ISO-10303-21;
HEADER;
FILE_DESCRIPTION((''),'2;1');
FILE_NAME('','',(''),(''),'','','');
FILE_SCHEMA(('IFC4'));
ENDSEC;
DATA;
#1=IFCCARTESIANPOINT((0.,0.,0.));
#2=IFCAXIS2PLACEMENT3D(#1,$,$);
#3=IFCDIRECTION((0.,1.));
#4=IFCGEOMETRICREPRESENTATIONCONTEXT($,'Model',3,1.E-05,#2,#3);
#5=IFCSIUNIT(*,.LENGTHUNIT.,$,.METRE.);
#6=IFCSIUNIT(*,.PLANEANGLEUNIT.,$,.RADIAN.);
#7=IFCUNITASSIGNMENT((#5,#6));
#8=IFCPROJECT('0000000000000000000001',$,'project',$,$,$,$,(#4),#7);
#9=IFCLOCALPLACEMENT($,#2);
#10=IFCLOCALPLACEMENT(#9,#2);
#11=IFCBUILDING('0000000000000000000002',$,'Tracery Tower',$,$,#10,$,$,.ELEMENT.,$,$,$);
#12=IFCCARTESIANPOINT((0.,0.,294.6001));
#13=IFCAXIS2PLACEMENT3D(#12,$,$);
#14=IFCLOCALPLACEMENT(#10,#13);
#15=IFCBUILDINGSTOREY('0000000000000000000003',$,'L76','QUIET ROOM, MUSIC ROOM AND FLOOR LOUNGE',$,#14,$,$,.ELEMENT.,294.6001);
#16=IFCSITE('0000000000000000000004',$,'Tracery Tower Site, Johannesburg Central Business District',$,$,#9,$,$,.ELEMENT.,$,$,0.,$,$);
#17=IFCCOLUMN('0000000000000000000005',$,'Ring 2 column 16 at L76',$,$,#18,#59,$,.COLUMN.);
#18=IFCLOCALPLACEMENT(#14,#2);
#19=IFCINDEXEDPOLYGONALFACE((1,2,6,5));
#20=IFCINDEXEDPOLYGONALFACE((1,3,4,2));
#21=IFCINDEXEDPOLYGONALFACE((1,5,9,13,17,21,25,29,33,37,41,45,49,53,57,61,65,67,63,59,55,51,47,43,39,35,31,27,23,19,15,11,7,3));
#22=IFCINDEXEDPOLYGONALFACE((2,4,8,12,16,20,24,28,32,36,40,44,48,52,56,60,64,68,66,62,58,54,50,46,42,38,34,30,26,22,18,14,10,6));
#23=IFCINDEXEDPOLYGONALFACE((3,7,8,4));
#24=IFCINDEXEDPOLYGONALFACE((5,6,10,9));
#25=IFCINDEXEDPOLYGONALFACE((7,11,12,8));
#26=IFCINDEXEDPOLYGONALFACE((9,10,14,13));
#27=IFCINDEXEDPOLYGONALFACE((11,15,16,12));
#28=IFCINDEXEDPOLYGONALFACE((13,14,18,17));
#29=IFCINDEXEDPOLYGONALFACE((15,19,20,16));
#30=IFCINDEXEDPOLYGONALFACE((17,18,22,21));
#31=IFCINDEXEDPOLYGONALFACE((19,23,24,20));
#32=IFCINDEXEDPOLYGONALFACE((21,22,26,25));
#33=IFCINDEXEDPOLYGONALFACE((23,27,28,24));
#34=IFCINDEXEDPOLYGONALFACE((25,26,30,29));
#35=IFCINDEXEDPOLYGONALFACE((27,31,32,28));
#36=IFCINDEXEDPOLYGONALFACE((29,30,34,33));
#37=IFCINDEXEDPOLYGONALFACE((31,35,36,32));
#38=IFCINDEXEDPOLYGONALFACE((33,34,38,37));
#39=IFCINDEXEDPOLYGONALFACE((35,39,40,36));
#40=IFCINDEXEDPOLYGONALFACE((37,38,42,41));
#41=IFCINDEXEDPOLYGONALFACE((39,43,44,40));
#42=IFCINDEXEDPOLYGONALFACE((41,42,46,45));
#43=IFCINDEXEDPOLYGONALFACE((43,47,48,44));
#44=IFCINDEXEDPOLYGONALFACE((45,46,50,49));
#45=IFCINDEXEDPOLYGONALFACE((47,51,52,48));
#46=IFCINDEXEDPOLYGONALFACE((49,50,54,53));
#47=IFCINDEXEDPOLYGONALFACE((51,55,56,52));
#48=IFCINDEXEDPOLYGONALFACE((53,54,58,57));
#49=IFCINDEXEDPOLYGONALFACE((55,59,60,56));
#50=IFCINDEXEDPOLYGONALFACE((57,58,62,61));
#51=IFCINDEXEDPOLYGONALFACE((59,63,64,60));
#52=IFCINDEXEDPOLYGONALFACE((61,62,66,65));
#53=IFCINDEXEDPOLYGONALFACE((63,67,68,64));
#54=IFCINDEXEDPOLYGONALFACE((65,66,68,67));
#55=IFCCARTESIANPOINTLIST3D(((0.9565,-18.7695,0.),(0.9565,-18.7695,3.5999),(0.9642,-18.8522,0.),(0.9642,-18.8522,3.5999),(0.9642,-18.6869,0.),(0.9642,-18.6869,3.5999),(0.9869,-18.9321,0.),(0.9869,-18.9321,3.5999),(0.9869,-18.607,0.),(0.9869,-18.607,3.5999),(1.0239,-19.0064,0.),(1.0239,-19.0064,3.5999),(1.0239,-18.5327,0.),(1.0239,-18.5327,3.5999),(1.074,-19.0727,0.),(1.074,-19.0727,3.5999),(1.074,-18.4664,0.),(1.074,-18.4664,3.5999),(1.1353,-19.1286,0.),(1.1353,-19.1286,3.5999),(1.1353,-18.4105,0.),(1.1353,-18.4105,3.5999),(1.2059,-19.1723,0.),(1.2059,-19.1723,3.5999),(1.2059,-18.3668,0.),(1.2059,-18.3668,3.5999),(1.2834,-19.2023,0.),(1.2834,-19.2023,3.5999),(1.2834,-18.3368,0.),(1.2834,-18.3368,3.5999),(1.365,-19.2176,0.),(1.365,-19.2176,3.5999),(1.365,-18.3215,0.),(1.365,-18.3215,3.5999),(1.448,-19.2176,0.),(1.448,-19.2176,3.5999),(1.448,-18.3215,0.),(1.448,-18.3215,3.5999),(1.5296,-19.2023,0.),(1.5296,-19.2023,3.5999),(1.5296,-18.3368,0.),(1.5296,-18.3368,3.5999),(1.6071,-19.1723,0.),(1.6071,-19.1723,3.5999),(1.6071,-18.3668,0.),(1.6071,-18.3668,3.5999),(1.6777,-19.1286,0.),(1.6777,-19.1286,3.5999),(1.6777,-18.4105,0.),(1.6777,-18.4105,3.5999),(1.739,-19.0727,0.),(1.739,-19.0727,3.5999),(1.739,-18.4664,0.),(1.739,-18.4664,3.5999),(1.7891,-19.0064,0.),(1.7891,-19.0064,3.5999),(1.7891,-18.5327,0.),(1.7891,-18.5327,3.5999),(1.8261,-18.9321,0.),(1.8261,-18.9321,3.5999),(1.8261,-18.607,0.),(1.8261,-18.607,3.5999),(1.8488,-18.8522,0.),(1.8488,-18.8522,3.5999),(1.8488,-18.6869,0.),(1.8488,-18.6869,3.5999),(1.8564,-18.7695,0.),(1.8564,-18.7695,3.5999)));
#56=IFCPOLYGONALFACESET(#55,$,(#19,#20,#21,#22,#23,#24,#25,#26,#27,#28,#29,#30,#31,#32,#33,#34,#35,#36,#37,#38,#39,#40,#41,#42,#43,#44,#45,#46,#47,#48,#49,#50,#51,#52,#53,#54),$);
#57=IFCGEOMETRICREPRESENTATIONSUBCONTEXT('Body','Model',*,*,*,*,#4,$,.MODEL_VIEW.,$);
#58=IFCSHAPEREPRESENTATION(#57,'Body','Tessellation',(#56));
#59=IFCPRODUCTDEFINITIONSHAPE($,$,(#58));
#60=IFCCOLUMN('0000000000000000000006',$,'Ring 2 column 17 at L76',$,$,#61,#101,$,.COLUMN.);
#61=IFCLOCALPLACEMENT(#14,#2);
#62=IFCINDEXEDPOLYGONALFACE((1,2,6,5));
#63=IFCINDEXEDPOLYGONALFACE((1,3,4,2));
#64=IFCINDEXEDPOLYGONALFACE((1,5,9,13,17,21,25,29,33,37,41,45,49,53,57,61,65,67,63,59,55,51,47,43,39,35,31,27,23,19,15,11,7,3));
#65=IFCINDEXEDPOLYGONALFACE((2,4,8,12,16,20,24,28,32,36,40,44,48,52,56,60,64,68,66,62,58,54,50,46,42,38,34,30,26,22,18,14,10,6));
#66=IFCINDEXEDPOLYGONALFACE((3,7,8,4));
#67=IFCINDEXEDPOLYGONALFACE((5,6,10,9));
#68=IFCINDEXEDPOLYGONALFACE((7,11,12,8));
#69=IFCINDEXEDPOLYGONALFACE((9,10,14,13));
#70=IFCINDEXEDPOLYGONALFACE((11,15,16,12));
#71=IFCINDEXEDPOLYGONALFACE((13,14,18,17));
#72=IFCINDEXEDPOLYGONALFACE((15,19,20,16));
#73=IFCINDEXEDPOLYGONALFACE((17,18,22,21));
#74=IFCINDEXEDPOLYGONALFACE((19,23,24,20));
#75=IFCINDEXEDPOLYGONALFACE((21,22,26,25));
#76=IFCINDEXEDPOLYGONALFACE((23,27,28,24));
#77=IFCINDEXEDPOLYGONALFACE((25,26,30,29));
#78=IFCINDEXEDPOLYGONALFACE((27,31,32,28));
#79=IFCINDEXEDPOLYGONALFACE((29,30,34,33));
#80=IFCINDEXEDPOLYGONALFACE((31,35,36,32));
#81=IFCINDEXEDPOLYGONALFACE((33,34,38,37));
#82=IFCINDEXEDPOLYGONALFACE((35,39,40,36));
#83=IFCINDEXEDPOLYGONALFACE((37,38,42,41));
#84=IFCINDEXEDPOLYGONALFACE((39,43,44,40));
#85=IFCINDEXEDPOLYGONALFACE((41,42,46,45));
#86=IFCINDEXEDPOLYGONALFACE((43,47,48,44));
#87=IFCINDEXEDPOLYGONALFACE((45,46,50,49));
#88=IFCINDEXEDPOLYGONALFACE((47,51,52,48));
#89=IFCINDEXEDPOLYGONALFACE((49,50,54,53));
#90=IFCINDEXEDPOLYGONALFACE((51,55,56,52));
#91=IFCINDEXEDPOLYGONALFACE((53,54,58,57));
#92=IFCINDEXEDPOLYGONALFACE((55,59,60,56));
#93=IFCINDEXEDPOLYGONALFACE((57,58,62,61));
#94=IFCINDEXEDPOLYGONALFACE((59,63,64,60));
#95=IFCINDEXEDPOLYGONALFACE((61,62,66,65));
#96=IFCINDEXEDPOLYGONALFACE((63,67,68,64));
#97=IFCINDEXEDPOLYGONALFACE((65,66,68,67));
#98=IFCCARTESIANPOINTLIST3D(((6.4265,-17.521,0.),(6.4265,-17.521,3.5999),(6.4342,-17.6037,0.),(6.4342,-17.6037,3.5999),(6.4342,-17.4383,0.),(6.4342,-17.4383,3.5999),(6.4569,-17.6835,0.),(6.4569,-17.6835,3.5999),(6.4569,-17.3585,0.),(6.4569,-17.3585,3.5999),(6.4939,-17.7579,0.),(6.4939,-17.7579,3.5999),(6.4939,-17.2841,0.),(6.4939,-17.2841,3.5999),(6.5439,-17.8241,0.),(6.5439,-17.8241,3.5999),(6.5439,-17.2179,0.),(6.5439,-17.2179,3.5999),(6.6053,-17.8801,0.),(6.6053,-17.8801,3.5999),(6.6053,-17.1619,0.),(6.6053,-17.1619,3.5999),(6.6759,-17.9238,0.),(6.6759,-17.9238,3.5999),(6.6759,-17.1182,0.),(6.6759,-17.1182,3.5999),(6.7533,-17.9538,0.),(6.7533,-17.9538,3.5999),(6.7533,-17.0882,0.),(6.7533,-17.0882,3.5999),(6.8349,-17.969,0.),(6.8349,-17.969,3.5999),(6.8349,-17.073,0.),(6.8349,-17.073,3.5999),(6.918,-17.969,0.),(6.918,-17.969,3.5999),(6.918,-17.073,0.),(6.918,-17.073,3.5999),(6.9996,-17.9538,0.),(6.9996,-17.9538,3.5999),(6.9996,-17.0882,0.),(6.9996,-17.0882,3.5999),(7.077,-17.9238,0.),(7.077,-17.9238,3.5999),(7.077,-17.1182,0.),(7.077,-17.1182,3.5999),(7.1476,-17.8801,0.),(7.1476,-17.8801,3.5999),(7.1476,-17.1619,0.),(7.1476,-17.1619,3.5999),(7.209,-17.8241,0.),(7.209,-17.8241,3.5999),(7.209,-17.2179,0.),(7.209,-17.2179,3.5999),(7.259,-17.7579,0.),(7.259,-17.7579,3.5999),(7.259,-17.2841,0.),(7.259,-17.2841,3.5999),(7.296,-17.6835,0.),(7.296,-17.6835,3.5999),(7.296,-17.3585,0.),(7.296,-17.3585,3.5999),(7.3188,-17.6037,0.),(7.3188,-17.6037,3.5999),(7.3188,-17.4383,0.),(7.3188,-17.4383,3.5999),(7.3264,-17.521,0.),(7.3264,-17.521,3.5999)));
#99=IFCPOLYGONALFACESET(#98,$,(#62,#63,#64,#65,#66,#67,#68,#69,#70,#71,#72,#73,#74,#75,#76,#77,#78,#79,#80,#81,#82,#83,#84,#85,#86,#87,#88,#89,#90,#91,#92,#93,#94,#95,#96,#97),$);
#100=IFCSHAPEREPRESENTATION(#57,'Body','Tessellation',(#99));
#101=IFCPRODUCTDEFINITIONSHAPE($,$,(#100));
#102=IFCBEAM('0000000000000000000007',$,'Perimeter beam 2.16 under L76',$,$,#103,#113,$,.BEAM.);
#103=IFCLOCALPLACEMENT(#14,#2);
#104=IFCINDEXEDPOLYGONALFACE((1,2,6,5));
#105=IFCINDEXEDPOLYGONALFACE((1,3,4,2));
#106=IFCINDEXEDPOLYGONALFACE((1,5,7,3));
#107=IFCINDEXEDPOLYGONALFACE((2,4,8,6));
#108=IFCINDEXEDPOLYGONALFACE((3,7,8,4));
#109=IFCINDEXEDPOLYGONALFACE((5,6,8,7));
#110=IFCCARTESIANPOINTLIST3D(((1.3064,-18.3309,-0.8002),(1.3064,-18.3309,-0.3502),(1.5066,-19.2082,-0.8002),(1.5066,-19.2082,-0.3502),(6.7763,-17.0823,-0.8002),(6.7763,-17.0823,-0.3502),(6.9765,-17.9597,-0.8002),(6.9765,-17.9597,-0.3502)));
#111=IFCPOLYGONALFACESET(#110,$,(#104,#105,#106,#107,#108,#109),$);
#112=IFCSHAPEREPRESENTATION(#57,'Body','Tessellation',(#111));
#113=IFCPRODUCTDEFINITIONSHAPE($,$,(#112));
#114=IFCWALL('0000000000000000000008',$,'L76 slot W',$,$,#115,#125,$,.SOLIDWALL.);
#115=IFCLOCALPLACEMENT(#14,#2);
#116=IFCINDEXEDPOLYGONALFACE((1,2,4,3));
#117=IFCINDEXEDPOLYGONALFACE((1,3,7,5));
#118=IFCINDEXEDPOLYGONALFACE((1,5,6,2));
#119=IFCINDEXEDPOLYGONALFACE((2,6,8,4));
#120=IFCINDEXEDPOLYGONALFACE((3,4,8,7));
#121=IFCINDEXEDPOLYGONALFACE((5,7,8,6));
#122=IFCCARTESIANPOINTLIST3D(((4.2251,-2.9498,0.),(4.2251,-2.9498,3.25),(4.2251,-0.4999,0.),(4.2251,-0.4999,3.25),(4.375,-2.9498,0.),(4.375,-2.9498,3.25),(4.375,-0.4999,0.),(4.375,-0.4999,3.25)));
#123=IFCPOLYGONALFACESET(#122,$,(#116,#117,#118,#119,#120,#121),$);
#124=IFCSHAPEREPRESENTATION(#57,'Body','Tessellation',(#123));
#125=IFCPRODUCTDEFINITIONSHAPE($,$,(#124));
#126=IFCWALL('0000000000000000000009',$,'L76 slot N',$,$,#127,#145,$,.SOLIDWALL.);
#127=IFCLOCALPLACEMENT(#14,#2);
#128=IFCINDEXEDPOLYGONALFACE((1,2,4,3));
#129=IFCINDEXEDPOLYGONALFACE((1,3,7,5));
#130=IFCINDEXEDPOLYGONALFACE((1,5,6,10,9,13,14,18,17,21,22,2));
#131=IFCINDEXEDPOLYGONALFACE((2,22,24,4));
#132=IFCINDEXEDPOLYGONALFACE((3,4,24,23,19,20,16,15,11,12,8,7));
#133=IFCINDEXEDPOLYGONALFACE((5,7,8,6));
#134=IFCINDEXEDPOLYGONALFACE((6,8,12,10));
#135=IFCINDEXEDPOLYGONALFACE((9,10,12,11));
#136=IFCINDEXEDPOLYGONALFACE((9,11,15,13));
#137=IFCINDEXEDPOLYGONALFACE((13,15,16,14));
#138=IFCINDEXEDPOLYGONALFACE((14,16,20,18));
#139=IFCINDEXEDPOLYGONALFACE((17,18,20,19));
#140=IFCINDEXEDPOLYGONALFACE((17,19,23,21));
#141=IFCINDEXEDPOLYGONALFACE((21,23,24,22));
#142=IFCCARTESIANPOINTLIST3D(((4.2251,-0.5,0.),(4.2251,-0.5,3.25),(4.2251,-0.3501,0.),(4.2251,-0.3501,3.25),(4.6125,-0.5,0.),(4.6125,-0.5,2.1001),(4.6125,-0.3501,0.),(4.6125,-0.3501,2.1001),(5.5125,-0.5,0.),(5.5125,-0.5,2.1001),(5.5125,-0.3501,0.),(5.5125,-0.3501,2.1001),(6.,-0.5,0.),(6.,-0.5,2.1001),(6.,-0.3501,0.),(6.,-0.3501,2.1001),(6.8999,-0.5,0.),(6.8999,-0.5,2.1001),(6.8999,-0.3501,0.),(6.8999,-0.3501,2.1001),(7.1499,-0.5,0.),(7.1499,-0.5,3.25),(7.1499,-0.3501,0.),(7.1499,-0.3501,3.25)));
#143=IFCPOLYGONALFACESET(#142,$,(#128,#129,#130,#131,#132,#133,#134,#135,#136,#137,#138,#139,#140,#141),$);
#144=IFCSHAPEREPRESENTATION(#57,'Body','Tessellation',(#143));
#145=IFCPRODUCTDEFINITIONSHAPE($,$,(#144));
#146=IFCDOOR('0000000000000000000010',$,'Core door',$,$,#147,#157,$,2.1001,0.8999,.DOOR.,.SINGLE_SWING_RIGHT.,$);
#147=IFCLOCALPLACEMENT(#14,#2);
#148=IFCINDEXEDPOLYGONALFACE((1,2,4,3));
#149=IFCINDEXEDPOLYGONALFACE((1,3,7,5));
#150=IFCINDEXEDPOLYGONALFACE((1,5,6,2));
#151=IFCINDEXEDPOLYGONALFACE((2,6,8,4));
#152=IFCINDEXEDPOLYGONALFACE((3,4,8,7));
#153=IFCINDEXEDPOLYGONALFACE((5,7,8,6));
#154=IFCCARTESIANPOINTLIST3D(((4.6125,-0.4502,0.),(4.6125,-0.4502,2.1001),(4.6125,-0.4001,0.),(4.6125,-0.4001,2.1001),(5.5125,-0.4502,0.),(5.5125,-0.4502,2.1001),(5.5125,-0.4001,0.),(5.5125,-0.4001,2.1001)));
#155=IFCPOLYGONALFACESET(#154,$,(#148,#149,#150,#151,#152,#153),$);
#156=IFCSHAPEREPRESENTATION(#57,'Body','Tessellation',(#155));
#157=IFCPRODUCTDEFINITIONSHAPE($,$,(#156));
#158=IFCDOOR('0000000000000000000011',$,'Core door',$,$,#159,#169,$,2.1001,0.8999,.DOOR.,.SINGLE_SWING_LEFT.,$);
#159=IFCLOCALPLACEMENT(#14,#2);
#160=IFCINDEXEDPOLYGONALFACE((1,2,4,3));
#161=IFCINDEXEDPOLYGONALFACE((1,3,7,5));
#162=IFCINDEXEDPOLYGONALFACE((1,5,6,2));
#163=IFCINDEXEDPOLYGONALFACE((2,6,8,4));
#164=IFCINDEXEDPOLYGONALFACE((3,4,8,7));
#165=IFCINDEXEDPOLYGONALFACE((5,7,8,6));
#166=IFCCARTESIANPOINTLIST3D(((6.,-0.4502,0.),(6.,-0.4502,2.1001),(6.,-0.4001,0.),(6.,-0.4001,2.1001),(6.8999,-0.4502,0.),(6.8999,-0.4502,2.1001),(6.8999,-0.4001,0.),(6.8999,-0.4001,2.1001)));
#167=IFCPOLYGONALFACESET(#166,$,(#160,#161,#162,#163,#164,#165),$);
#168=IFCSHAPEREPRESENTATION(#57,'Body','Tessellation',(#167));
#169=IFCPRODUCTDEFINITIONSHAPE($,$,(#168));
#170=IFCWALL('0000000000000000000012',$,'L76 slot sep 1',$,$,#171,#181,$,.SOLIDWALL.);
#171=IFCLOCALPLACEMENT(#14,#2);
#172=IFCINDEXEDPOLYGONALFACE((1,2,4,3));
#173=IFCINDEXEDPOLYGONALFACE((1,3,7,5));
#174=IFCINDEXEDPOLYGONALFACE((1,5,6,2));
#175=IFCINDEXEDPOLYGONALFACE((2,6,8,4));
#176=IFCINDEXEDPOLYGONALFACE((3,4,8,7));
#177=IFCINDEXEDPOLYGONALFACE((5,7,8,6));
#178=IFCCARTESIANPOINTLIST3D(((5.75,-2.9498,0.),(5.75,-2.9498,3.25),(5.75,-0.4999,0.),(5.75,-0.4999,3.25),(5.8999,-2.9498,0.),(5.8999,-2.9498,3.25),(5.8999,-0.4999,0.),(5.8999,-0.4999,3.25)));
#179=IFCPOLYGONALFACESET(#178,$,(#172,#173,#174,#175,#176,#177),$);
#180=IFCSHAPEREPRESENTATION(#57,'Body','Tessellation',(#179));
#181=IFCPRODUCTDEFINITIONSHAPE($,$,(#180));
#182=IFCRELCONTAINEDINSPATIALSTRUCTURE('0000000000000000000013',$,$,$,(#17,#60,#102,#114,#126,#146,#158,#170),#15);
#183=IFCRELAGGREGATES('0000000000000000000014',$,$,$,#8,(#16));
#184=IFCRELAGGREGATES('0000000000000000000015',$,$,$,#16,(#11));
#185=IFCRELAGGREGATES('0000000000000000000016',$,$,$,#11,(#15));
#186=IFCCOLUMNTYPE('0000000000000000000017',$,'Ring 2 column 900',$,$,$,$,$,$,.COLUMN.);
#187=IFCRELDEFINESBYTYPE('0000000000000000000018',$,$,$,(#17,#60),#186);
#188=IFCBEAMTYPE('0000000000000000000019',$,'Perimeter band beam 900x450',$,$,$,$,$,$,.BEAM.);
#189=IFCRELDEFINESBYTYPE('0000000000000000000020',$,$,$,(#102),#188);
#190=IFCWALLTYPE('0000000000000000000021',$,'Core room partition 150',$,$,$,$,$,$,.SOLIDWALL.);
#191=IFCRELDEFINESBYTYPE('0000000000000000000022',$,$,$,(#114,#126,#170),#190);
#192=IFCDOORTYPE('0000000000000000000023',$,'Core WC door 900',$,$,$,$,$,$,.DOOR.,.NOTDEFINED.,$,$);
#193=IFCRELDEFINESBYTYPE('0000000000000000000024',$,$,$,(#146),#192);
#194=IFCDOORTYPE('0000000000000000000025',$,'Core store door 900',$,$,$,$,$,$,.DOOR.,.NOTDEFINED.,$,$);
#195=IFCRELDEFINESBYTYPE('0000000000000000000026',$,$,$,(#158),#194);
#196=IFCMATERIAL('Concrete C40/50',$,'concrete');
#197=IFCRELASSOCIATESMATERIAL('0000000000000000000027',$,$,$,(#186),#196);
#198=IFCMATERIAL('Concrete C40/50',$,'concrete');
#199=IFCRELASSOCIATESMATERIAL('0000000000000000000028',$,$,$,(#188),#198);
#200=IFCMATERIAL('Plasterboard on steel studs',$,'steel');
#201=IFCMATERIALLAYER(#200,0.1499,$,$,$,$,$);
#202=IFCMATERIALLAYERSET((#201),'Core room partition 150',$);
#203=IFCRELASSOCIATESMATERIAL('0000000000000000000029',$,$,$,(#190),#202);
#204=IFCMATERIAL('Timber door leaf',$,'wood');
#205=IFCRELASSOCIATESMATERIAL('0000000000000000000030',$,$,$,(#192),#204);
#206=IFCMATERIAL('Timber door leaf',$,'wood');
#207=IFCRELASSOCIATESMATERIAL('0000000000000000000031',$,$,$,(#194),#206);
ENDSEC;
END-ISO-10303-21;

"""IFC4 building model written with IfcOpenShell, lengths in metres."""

from ifc_helpers import new_model, si_unit, direction, frame, frame_2d, origin, origin_2d, place, context, subcontext, project, spatial, rectangle, circle, extrude, material, layer, layer_set, material_profile, profile_set, type_object, element, fill, save


model = new_model("IFC4")

# Units and contexts
model_context = context("Model", 3, precision=1e-05, world=origin(), true_north=direction((0.0, 1.0)))
body_context = subcontext(model_context, "Body", "Model", "MODEL_VIEW")
ifc_project = project(units=[si_unit("LENGTHUNIT", "METRE"), si_unit("PLANEANGLEUNIT", "RADIAN")], contexts=[model_context])

# Site, building, storey
site_placement = place(None, origin())
site = spatial("IfcSite", under=ifc_project, at=site_placement, Name="Tracery Tower Site, Johannesburg Central Business District", CompositionType="ELEMENT", RefElevation=0.0)
building_placement = place(site_placement, origin())
building = spatial("IfcBuilding", under=site, at=building_placement, Name="Tracery Tower", CompositionType="ELEMENT")
storey_placement = place(building_placement, frame((0.0, 0.0, 294.6001)))
storey = spatial("IfcBuildingStorey", under=building, at=storey_placement, Name="L76", Description="QUIET ROOM, MUSIC ROOM AND FLOOR LOUNGE", CompositionType="ELEMENT", Elevation=294.6001)

# Columns
ifc_material_1 = material(Name="Concrete C40/50", Category="concrete")
ifc_material_profile_1 = material_profile(ifc_material_1, circle(Radius=0.45, at=origin_2d()), Name="RC D900")
ifc_profile_set_1 = profile_set([ifc_material_profile_1], Name="Concrete C40/50")
column_type = type_object("IfcColumnType", Name="Ring 2 column 900", PredefinedType="COLUMN", material=ifc_profile_set_1)
for number, where, z_axis, x_axis, name in (
    (1, (1.4065, -18.7695, 0.0), (0.0, 0.0, 1.0), (1.0, 0.0, 0.0), "Ring 2 column 16 at L76"),
    (2, (6.8765, -17.521, 0.0), (0.0, 0.0, 1.0), (1.0, 0.0, 0.0), "Ring 2 column 17 at L76"),
):
    element("IfcColumn", number, at=place(storey_placement, frame(where, z_axis=z_axis, x_axis=x_axis)), inside=storey, type_object=column_type, Name=name, PredefinedType="COLUMN", context=body_context, shape_type="SweptSolid", body=[
        extrude(circle(Radius=0.45, at=origin_2d()), origin(), (0.0, 0.0, 1.0), 3.5999),
    ])

# Beam
ifc_material_2 = material(Name="Concrete C40/50", Category="concrete")
ifc_material_profile_2 = material_profile(ifc_material_2, rectangle(XDim=0.8999, YDim=0.45, at=origin_2d()), Name="RC 900x450")
ifc_profile_set_2 = profile_set([ifc_material_profile_2], Name="Concrete C40/50")
beam_type = type_object("IfcBeamType", Name="Perimeter band beam 900x450", PredefinedType="BEAM", material=ifc_profile_set_2)
beam_placement = place(storey_placement, frame((1.4065, -18.7695, -0.5752), z_axis=(0.974926, 0.222529, 0.0), x_axis=(-0.222529, 0.974926, 0.0)))
element("IfcBeam", 3, at=beam_placement, inside=storey, type_object=beam_type, Name="Perimeter beam 2.16 under L76", PredefinedType="BEAM", context=body_context, shape_type="SweptSolid", body=[
    extrude(rectangle(XDim=0.8999, YDim=0.45, at=origin_2d()), origin(), (0.0, 0.0, 1.0), 5.6106),
])

# Wall
ifc_material_3 = material(Name="Plasterboard on steel studs", Category="steel")
ifc_layer_1 = layer(ifc_material_3, 0.1499)
ifc_layer_set_1 = layer_set([ifc_layer_1], Name="Core room partition 150")
wall_type_1 = type_object("IfcWallType", Name="Core room partition 150", PredefinedType="SOLIDWALL", material=ifc_layer_set_1)
wall_1_placement = place(storey_placement, frame((4.3, -2.95, 0.0), z_axis=(0.0, 0.0, 1.0), x_axis=(0.0, 1.0, 0.0)))
element("IfcWall", 4, at=wall_1_placement, inside=storey, type_object=wall_type_1, Name="L76 slot W", PredefinedType="SOLIDWALL", context=body_context, shape_type="SweptSolid", body=[
    extrude(rectangle(XDim=2.45, YDim=0.1499, at=frame_2d((1.2251, 0.0))), origin(), (0.0, 0.0, 1.0), 3.25),
])

# Wall, openings, doors
wall_2_placement = place(storey_placement, frame((4.2251, -0.425, 0.0), z_axis=(0.0, 0.0, 1.0), x_axis=(1.0, 0.0, 0.0)))
wall_2 = element("IfcWall", 5, at=wall_2_placement, inside=storey, type_object=wall_type_1, Name="L76 slot N", PredefinedType="SOLIDWALL", context=body_context, shape_type="SweptSolid", body=[
    extrude(rectangle(XDim=2.9248, YDim=0.1499, at=frame_2d((1.4624, 0.0))), origin(), (0.0, 0.0, 1.0), 3.25),
])
opening_1_placement = place(wall_2_placement, frame((0.3875, 0.0, 0.0)))
opening_1 = element("IfcOpeningElement", 6, at=opening_1_placement, cuts=wall_2, PredefinedType="OPENING", context=body_context, shape_type="SweptSolid", body=[
    extrude(rectangle(XDim=0.8999, YDim=2.1001, at=frame_2d((0.45, 1.05))), frame((0.0, 0.075, 0.0), z_axis=(0.0, -1.0, 0.0), x_axis=(1.0, 0.0, 0.0)), (0.0, 0.0, 1.0), 0.1499),
])
opening_2_placement = place(wall_2_placement, frame((1.7749, 0.0, 0.0)))
opening_2 = element("IfcOpeningElement", 7, at=opening_2_placement, cuts=wall_2, PredefinedType="OPENING", context=body_context, shape_type="SweptSolid", body=[
    extrude(rectangle(XDim=0.8999, YDim=2.1001, at=frame_2d((0.45, 1.05))), frame((0.0, 0.075, 0.0), z_axis=(0.0, -1.0, 0.0), x_axis=(1.0, 0.0, 0.0)), (0.0, 0.0, 1.0), 0.1499),
])
ifc_material_4 = material(Name="Timber door leaf", Category="wood")
door_type_1 = type_object("IfcDoorType", Name="Core WC door 900", OperationType="NOTDEFINED", PredefinedType="DOOR", material=ifc_material_4)
door_1_placement = place(opening_1_placement, origin())
door_1 = element("IfcDoor", 8, at=door_1_placement, inside=storey, type_object=door_type_1, Name="Core door", OperationType="SINGLE_SWING_RIGHT", OverallHeight=2.1001, OverallWidth=0.8999, PredefinedType="DOOR", context=body_context, shape_type="SweptSolid", body=[
    extrude(rectangle(XDim=0.8999, YDim=2.1001, at=frame_2d((0.45, 1.05))), frame((0.0, 0.0249, 0.0), z_axis=(0.0, -1.0, 0.0), x_axis=(1.0, 0.0, 0.0)), (0.0, 0.0, 1.0), 0.05),
])
fill(opening_1, door_1)
ifc_material_5 = material(Name="Timber door leaf", Category="wood")
door_type_2 = type_object("IfcDoorType", Name="Core store door 900", OperationType="NOTDEFINED", PredefinedType="DOOR", material=ifc_material_5)
door_2_placement = place(opening_2_placement, origin())
door_2 = element("IfcDoor", 9, at=door_2_placement, inside=storey, type_object=door_type_2, Name="Core door", OperationType="SINGLE_SWING_LEFT", OverallHeight=2.1001, OverallWidth=0.8999, PredefinedType="DOOR", context=body_context, shape_type="SweptSolid", body=[
    extrude(rectangle(XDim=0.8999, YDim=2.1001, at=frame_2d((0.45, 1.05))), frame((0.0, 0.0249, 0.0), z_axis=(0.0, -1.0, 0.0), x_axis=(1.0, 0.0, 0.0)), (0.0, 0.0, 1.0), 0.05),
])
fill(opening_2, door_2)

# Wall
wall_3_placement = place(storey_placement, frame((5.825, -2.95, 0.0), z_axis=(0.0, 0.0, 1.0), x_axis=(0.0, 1.0, 0.0)))
element("IfcWall", 10, at=wall_3_placement, inside=storey, type_object=wall_type_1, Name="L76 slot sep 1", PredefinedType="SOLIDWALL", context=body_context, shape_type="SweptSolid", body=[
    extrude(rectangle(XDim=2.45, YDim=0.1499, at=frame_2d((1.2251, 0.0))), origin(), (0.0, 0.0, 1.0), 3.25),
])

save(model, "model.ifc")
